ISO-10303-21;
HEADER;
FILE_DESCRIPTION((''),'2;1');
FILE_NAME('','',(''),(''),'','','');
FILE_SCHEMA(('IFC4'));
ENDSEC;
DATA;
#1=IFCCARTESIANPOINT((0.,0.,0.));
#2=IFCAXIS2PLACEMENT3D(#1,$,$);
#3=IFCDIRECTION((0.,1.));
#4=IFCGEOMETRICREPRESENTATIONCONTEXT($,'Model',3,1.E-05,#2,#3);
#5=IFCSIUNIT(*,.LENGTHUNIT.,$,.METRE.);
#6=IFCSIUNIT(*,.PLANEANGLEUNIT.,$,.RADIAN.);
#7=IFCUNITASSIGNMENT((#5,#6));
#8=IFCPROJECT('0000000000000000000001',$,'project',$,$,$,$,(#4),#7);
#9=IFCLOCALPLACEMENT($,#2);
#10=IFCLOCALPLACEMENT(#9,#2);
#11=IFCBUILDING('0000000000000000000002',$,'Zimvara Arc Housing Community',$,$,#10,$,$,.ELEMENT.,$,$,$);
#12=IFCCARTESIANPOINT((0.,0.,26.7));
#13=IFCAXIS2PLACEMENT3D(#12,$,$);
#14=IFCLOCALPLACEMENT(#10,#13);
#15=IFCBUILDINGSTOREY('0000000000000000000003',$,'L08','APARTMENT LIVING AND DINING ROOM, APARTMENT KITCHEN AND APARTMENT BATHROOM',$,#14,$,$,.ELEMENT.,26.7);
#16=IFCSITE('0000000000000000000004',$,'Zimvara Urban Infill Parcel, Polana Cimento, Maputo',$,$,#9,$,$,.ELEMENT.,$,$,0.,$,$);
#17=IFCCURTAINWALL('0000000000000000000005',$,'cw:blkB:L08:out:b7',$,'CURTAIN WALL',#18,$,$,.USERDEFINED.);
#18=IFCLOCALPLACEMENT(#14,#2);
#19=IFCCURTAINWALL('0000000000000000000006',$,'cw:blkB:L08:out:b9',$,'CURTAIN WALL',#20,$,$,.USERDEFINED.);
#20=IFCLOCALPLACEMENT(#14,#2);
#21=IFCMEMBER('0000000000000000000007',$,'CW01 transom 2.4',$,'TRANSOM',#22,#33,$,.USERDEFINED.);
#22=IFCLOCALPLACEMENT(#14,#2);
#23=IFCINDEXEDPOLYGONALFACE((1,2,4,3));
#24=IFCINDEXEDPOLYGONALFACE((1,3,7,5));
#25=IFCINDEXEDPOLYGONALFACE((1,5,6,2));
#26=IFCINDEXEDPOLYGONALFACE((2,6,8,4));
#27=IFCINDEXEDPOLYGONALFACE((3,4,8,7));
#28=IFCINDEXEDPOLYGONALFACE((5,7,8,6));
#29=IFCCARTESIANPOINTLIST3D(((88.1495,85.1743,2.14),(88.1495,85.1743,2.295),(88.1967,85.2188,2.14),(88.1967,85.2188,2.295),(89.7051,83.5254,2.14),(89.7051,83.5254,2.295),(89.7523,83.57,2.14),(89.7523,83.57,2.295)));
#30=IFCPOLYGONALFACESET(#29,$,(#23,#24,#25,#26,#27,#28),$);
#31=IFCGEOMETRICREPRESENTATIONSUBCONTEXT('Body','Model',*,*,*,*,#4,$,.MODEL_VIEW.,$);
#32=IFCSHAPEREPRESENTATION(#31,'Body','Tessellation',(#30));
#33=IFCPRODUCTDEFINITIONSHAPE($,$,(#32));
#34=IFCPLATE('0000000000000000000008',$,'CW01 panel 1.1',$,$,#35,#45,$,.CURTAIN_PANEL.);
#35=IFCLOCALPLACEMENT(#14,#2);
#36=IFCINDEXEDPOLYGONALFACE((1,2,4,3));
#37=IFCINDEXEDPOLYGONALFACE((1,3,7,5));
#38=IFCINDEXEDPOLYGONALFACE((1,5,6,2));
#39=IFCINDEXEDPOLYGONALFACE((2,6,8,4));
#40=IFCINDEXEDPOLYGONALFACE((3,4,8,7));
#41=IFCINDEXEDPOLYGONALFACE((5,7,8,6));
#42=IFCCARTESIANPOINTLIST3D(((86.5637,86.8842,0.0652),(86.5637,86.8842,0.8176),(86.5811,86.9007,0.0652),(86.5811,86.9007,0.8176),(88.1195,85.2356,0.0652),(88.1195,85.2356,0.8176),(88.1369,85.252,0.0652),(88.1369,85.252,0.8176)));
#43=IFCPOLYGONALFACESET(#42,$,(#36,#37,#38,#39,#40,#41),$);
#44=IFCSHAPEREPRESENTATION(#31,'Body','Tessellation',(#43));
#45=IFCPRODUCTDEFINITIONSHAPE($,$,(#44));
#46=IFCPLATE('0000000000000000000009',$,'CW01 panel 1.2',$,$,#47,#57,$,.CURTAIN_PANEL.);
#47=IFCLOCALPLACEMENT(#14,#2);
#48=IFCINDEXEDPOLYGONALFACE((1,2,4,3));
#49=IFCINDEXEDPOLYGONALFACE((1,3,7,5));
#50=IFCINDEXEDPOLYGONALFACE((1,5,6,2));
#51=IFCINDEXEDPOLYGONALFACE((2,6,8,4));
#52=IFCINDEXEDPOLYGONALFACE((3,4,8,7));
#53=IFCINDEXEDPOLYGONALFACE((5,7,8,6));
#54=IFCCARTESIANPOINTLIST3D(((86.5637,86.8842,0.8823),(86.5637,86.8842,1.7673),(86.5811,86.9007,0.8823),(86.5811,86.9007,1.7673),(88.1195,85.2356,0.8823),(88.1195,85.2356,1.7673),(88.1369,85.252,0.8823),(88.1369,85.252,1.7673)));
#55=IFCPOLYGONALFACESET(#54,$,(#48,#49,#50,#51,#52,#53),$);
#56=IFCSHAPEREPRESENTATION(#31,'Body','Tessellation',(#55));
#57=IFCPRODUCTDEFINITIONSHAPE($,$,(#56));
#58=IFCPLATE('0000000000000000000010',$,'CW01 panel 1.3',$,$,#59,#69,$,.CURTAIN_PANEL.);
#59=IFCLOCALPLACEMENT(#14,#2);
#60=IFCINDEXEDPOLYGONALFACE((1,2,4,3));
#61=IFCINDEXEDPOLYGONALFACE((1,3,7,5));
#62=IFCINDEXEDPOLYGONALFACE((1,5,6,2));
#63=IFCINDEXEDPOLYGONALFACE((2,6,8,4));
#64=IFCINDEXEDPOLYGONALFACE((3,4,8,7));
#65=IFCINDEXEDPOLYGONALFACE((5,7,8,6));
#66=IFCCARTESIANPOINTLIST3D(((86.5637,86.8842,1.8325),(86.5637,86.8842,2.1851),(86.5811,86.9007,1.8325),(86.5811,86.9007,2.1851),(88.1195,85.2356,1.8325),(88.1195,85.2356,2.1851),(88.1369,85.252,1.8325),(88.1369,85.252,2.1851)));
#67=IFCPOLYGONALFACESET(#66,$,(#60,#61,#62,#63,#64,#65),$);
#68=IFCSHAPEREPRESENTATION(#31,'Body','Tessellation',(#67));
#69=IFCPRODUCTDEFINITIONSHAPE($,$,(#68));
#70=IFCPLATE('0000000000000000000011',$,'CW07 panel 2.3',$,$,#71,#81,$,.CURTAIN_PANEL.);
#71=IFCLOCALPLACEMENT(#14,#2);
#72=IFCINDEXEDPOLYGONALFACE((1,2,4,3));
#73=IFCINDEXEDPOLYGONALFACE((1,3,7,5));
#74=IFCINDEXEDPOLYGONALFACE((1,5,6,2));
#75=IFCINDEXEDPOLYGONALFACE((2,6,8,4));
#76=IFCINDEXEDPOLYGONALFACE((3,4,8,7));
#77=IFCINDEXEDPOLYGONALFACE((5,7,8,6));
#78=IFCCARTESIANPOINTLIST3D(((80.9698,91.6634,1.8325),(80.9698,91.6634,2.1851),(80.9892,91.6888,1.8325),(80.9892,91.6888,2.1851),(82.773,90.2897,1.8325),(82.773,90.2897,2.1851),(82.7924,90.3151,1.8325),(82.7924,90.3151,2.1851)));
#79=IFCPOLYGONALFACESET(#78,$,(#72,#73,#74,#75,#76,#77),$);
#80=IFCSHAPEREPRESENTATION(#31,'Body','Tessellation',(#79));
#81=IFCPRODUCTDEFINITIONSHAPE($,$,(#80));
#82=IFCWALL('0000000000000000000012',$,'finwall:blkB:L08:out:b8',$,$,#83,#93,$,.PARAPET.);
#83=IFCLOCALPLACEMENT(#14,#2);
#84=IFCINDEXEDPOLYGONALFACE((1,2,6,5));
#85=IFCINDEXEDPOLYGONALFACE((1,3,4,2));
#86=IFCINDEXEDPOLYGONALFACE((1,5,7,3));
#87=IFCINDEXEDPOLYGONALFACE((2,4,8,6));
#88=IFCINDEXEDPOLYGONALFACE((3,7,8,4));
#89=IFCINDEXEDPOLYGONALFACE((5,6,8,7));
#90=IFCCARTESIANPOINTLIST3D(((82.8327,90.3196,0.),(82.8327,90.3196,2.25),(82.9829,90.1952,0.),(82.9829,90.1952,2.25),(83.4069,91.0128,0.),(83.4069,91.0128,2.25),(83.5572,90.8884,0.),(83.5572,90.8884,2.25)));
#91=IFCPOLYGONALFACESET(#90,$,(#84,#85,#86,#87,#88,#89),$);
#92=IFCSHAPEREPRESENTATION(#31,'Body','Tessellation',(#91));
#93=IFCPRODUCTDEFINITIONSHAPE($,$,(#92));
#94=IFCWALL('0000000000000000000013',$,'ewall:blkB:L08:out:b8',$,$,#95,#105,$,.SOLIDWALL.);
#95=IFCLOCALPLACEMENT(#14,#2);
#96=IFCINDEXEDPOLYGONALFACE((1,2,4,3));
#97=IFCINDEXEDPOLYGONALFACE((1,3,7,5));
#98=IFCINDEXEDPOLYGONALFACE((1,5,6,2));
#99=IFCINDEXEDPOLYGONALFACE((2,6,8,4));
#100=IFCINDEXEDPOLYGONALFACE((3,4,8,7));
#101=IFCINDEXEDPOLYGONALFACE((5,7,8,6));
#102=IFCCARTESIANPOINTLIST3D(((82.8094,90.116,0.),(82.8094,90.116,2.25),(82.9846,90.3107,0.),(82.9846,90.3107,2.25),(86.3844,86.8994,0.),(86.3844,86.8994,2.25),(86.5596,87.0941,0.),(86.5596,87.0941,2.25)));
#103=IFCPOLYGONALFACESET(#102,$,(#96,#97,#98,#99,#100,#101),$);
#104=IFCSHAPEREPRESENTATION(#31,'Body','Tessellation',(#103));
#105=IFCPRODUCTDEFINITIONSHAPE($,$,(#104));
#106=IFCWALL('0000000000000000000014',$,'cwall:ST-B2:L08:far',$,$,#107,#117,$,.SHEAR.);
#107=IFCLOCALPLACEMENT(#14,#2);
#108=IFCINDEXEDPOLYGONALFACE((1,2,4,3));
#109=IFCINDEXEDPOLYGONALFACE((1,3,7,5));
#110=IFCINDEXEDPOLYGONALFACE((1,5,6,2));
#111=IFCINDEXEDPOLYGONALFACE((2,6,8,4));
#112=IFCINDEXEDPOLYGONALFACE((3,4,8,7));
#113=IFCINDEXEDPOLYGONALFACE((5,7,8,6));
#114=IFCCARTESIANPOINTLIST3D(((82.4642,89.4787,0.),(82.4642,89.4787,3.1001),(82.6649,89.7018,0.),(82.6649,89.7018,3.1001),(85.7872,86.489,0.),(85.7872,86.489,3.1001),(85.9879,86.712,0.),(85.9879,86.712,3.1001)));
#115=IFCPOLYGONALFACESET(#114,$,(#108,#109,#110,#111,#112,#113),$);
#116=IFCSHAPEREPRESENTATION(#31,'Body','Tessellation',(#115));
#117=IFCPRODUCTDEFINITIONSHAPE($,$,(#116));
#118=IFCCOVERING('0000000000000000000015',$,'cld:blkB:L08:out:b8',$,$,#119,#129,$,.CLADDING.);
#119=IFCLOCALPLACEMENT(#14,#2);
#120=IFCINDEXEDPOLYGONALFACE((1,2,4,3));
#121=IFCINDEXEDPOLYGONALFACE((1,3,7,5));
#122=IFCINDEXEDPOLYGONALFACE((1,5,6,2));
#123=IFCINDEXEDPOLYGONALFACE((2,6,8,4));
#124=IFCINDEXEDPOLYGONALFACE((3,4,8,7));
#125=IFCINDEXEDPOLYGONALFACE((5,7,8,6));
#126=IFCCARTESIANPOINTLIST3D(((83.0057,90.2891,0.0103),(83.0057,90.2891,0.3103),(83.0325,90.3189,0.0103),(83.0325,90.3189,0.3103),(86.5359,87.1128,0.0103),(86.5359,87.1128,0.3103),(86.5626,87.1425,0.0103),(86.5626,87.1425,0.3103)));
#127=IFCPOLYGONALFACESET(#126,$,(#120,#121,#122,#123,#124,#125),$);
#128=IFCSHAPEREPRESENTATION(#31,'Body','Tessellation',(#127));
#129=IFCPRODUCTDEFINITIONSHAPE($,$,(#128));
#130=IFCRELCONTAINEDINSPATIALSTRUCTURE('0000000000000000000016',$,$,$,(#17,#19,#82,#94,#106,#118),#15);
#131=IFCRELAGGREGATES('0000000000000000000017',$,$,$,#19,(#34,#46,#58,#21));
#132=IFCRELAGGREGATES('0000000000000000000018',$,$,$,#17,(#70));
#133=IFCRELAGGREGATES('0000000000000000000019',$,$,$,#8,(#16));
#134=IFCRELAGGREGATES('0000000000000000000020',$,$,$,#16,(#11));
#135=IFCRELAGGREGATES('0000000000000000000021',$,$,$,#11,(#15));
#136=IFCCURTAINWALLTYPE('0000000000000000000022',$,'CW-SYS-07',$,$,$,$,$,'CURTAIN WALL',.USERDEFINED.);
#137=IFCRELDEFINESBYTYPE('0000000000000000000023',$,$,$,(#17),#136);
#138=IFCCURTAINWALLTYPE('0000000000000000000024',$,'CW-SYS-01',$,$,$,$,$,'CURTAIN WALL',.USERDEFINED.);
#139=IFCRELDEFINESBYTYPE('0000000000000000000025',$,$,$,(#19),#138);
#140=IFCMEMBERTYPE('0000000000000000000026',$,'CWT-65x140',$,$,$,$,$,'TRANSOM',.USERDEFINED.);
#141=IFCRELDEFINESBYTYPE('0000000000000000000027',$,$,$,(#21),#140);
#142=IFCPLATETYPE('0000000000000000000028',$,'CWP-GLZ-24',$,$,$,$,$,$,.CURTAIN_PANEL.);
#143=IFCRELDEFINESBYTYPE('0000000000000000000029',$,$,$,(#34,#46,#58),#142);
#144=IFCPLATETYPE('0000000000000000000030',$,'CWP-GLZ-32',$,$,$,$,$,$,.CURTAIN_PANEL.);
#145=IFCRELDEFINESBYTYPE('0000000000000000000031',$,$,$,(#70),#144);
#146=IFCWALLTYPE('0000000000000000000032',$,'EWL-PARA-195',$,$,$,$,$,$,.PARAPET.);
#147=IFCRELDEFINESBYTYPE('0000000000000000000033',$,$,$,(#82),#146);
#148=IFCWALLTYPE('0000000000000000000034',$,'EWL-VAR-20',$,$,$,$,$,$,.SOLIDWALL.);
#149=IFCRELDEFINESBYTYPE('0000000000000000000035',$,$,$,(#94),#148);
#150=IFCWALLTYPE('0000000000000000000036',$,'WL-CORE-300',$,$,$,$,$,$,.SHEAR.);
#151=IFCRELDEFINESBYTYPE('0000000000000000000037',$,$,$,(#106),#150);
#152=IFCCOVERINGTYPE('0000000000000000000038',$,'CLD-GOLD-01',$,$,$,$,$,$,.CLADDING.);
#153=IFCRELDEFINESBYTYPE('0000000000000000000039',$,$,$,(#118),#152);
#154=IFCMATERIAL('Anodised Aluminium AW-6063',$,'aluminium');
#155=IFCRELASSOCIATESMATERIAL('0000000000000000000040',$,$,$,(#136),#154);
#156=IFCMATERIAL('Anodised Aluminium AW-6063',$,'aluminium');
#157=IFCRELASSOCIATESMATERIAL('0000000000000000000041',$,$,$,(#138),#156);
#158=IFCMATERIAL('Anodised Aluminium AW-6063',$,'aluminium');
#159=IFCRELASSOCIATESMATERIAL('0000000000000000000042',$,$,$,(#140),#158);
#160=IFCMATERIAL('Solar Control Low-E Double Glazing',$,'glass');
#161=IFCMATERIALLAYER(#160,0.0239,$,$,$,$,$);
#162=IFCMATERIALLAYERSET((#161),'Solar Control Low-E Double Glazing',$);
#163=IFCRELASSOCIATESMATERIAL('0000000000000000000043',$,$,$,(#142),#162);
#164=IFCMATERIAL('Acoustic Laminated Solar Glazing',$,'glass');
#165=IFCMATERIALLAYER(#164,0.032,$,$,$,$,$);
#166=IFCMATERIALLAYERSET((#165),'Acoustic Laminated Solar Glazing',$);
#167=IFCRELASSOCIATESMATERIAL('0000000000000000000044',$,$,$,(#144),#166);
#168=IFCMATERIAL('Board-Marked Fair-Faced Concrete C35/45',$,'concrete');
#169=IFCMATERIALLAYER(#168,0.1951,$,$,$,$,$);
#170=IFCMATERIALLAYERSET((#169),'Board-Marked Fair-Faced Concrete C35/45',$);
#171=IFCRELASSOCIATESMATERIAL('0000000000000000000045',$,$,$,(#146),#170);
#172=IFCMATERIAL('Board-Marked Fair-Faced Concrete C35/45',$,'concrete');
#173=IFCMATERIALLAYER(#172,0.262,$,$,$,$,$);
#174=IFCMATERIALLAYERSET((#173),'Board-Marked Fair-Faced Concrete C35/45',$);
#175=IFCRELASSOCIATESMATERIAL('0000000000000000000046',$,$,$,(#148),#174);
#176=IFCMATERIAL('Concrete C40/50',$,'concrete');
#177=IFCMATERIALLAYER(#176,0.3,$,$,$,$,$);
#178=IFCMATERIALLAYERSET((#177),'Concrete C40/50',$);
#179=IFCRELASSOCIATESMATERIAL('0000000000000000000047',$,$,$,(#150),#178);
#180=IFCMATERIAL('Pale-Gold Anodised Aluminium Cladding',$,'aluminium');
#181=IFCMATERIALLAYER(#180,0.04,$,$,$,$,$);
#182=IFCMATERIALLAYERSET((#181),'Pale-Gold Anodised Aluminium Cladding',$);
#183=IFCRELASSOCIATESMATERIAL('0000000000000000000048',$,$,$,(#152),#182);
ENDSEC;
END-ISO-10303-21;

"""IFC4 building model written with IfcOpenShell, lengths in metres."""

from ifc_helpers import new_model, si_unit, direction, frame, frame_2d, origin, origin_2d, place, context, subcontext, project, spatial, rectangle, extrude, material, layer, layer_set, material_profile, profile_set, type_object, element, aggregate, save


model = new_model("IFC4")

# Units and contexts
model_context = context("Model", 3, precision=1e-05, world=origin(), true_north=direction((0.0, 1.0)))
body_context = subcontext(model_context, "Body", "Model", "MODEL_VIEW")
ifc_project = project(units=[si_unit("LENGTHUNIT", "METRE"), si_unit("PLANEANGLEUNIT", "RADIAN")], contexts=[model_context])

# Site, building, storey
site_placement = place(None, origin())
site = spatial("IfcSite", under=ifc_project, at=site_placement, Name="Zimvara Urban Infill Parcel, Polana Cimento, Maputo", CompositionType="ELEMENT", RefElevation=0.0)
building_placement = place(site_placement, origin())
building = spatial("IfcBuilding", under=site, at=building_placement, Name="Zimvara Arc Housing Community", CompositionType="ELEMENT")
storey_placement = place(building_placement, frame((0.0, 0.0, 26.7)))
storey = spatial("IfcBuildingStorey", under=building, at=storey_placement, Name="L08", Description="APARTMENT LIVING AND DINING ROOM, APARTMENT KITCHEN AND APARTMENT BATHROOM", CompositionType="ELEMENT", Elevation=26.7)

# Curtain wall
ifc_material_1 = material(Name="Anodised Aluminium AW-6063", Category="aluminium")
curtain_wall_type_1 = type_object("IfcCurtainWallType", Name="CW-SYS-07", ElementType="CURTAIN WALL", PredefinedType="USERDEFINED", material=ifc_material_1)
curtain_wall_1_placement = place(storey_placement, origin())
curtain_wall_1 = element("IfcCurtainWall", 1, at=curtain_wall_1_placement, inside=storey, type_object=curtain_wall_type_1, Name="cw:blkB:L08:out:b7", ObjectType="CURTAIN WALL", PredefinedType="USERDEFINED")

# Curtain wall, member, plates
ifc_material_2 = material(Name="Anodised Aluminium AW-6063", Category="aluminium")
curtain_wall_type_2 = type_object("IfcCurtainWallType", Name="CW-SYS-01", ElementType="CURTAIN WALL", PredefinedType="USERDEFINED", material=ifc_material_2)
curtain_wall_2_placement = place(storey_placement, origin())
curtain_wall_2 = element("IfcCurtainWall", 2, at=curtain_wall_2_placement, inside=storey, type_object=curtain_wall_type_2, Name="cw:blkB:L08:out:b9", ObjectType="CURTAIN WALL", PredefinedType="USERDEFINED")
ifc_material_3 = material(Name="Anodised Aluminium AW-6063", Category="aluminium")
ifc_material_profile_1 = material_profile(ifc_material_3, rectangle(XDim=0.0649, YDim=0.155, at=origin_2d()), Name="ALU 65x155")
ifc_profile_set_1 = profile_set([ifc_material_profile_1], Name="Anodised Aluminium AW-6063")
member_type_1 = type_object("IfcMemberType", Name="CWT-65x140", ElementType="TRANSOM", PredefinedType="USERDEFINED", material=ifc_profile_set_1)
member_1_placement = place(storey_placement, frame((88.1731, 85.1965, 2.2175), z_axis=(0.686238, -0.727377, 0.0), x_axis=(0.727377, 0.686238, 0.0)))
member_1 = element("IfcMember", 3, at=member_1_placement, type_object=member_type_1, Name="CW01 transom 2.4", ObjectType="TRANSOM", PredefinedType="USERDEFINED", context=body_context, shape_type="SweptSolid", body=[
    extrude(rectangle(XDim=0.0649, YDim=0.155, at=origin_2d()), origin(), (0.0, 0.0, 1.0), 2.2668),
])
ifc_material_4 = material(Name="Solar Control Low-E Double Glazing", Category="glass")
ifc_layer_1 = layer(ifc_material_4, 0.0239)
ifc_layer_set_1 = layer_set([ifc_layer_1], Name="Solar Control Low-E Double Glazing")
plate_type_1 = type_object("IfcPlateType", Name="CWP-GLZ-24", PredefinedType="CURTAIN_PANEL", material=ifc_layer_set_1)
plate_1_placement = place(storey_placement, frame((87.3503, 86.0681, 0.0652), z_axis=(0.0, 0.0, 1.0), x_axis=(0.686326, -0.727294, 0.0)))
plate_1 = element("IfcPlate", 4, at=plate_1_placement, type_object=plate_type_1, Name="CW01 panel 1.1", PredefinedType="CURTAIN_PANEL", context=body_context, shape_type="SweptSolid", body=[
    extrude(rectangle(XDim=2.2668, YDim=0.0239, at=origin_2d()), origin(), (0.0, 0.0, 1.0), 0.7524),
])
plate_2_placement = place(storey_placement, frame((87.3503, 86.0681, 0.8823), z_axis=(0.0, 0.0, 1.0), x_axis=(0.686326, -0.727294, 0.0)))
plate_2 = element("IfcPlate", 5, at=plate_2_placement, type_object=plate_type_1, Name="CW01 panel 1.2", PredefinedType="CURTAIN_PANEL", context=body_context, shape_type="SweptSolid", body=[
    extrude(rectangle(XDim=2.2668, YDim=0.0239, at=origin_2d()), origin(), (0.0, 0.0, 1.0), 0.885),
])
plate_3_placement = place(storey_placement, frame((87.3503, 86.0681, 1.8325), z_axis=(0.0, 0.0, 1.0), x_axis=(0.686326, -0.727294, 0.0)))
plate_3 = element("IfcPlate", 6, at=plate_3_placement, type_object=plate_type_1, Name="CW01 panel 1.3", PredefinedType="CURTAIN_PANEL", context=body_context, shape_type="SweptSolid", body=[
    extrude(rectangle(XDim=2.2668, YDim=0.0239, at=origin_2d()), origin(), (0.0, 0.0, 1.0), 0.3525),
])
aggregate(curtain_wall_2, [plate_1, plate_2, plate_3, member_1])

# Plate
ifc_material_5 = material(Name="Acoustic Laminated Solar Glazing", Category="glass")
ifc_layer_2 = layer(ifc_material_5, 0.032)
ifc_layer_set_2 = layer_set([ifc_layer_2], Name="Acoustic Laminated Solar Glazing")
plate_type_2 = type_object("IfcPlateType", Name="CWP-GLZ-32", PredefinedType="CURTAIN_PANEL", material=ifc_layer_set_2)
plate_4_placement = place(storey_placement, frame((81.8811, 90.9893, 1.8325), z_axis=(0.0, 0.0, 1.0), x_axis=(0.795474, -0.605988, 0.0)))
plate_4 = element("IfcPlate", 7, at=plate_4_placement, type_object=plate_type_2, Name="CW07 panel 2.3", PredefinedType="CURTAIN_PANEL", context=body_context, shape_type="SweptSolid", body=[
    extrude(rectangle(XDim=2.2668, YDim=0.032, at=origin_2d()), origin(), (0.0, 0.0, 1.0), 0.3525),
])
aggregate(curtain_wall_1, [plate_4])

# Walls
ifc_material_6 = material(Name="Board-Marked Fair-Faced Concrete C35/45", Category="concrete")
ifc_layer_3 = layer(ifc_material_6, 0.1951)
ifc_layer_set_3 = layer_set([ifc_layer_3], Name="Board-Marked Fair-Faced Concrete C35/45")
wall_type_1 = type_object("IfcWallType", Name="EWL-PARA-195", PredefinedType="PARAPET", material=ifc_layer_set_3)
wall_1_placement = place(storey_placement, frame((82.9077, 90.2573, 0.0), z_axis=(0.0, 0.0, 1.0), x_axis=(0.637967, 0.770063, 0.0)))
element("IfcWall", 8, at=wall_1_placement, inside=storey, type_object=wall_type_1, Name="finwall:blkB:L08:out:b8", PredefinedType="PARAPET", context=body_context, shape_type="SweptSolid", body=[
    extrude(rectangle(XDim=0.9001, YDim=0.1951, at=frame_2d((0.4502, 0.0))), origin(), (0.0, 0.0, 1.0), 2.25),
])
ifc_material_7 = material(Name="Board-Marked Fair-Faced Concrete C35/45", Category="concrete")
ifc_layer_4 = layer(ifc_material_7, 0.262)
ifc_layer_set_4 = layer_set([ifc_layer_4], Name="Board-Marked Fair-Faced Concrete C35/45")
wall_type_2 = type_object("IfcWallType", Name="EWL-VAR-20", PredefinedType="SOLIDWALL", material=ifc_layer_set_4)
wall_2_placement = place(storey_placement, frame((82.897, 90.2134, 0.0), z_axis=(0.0, 0.0, 1.0), x_axis=(0.743388, -0.668861, 0.0)))
element("IfcWall", 9, at=wall_2_placement, inside=storey, type_object=wall_type_2, Name="ewall:blkB:L08:out:b8", PredefinedType="SOLIDWALL", context=body_context, shape_type="SweptSolid", body=[
    extrude(rectangle(XDim=4.8091, YDim=0.262, at=frame_2d((2.4045, 0.0))), origin(), (0.0, 0.0, 1.0), 2.25),
])
ifc_material_8 = material(Name="Concrete C40/50", Category="concrete")
ifc_layer_5 = layer(ifc_material_8, 0.3)
ifc_layer_set_5 = layer_set([ifc_layer_5], Name="Concrete C40/50")
wall_type_3 = type_object("IfcWallType", Name="WL-CORE-300", PredefinedType="SHEAR", material=ifc_layer_set_5)
wall_3_placement = place(storey_placement, frame((85.8875, 86.6006, 0.0), z_axis=(0.0, 0.0, 1.0), x_axis=(-0.7434, 0.668847, 0.0)))
element("IfcWall", 10, at=wall_3_placement, inside=storey, type_object=wall_type_3, Name="cwall:ST-B2:L08:far", PredefinedType="SHEAR", context=body_context, shape_type="SweptSolid", body=[
    extrude(rectangle(XDim=4.47, YDim=0.3, at=frame_2d((2.2349, 0.0))), origin(), (0.0, 0.0, 1.0), 3.1001),
])

# Covering
ifc_material_9 = material(Name="Pale-Gold Anodised Aluminium Cladding", Category="aluminium")
ifc_layer_6 = layer(ifc_material_9, 0.04)
ifc_layer_set_6 = layer_set([ifc_layer_6], Name="Pale-Gold Anodised Aluminium Cladding")
covering_type = type_object("IfcCoveringType", Name="CLD-GOLD-01", PredefinedType="CLADDING", material=ifc_layer_set_6)
covering_placement = place(storey_placement, frame((84.7842, 88.7158, 0.0103), z_axis=(0.0, 0.0, 1.0), x_axis=(0.743377, -0.668872, 0.0)))
element("IfcCovering", 11, at=covering_placement, inside=storey, type_object=covering_type, Name="cld:blkB:L08:out:b8", PredefinedType="CLADDING", context=body_context, shape_type="SweptSolid", body=[
    extrude(rectangle(XDim=4.7488, YDim=0.04, at=origin_2d()), origin(), (0.0, 0.0, 1.0), 0.3),
])

save(model, "model.ifc")
